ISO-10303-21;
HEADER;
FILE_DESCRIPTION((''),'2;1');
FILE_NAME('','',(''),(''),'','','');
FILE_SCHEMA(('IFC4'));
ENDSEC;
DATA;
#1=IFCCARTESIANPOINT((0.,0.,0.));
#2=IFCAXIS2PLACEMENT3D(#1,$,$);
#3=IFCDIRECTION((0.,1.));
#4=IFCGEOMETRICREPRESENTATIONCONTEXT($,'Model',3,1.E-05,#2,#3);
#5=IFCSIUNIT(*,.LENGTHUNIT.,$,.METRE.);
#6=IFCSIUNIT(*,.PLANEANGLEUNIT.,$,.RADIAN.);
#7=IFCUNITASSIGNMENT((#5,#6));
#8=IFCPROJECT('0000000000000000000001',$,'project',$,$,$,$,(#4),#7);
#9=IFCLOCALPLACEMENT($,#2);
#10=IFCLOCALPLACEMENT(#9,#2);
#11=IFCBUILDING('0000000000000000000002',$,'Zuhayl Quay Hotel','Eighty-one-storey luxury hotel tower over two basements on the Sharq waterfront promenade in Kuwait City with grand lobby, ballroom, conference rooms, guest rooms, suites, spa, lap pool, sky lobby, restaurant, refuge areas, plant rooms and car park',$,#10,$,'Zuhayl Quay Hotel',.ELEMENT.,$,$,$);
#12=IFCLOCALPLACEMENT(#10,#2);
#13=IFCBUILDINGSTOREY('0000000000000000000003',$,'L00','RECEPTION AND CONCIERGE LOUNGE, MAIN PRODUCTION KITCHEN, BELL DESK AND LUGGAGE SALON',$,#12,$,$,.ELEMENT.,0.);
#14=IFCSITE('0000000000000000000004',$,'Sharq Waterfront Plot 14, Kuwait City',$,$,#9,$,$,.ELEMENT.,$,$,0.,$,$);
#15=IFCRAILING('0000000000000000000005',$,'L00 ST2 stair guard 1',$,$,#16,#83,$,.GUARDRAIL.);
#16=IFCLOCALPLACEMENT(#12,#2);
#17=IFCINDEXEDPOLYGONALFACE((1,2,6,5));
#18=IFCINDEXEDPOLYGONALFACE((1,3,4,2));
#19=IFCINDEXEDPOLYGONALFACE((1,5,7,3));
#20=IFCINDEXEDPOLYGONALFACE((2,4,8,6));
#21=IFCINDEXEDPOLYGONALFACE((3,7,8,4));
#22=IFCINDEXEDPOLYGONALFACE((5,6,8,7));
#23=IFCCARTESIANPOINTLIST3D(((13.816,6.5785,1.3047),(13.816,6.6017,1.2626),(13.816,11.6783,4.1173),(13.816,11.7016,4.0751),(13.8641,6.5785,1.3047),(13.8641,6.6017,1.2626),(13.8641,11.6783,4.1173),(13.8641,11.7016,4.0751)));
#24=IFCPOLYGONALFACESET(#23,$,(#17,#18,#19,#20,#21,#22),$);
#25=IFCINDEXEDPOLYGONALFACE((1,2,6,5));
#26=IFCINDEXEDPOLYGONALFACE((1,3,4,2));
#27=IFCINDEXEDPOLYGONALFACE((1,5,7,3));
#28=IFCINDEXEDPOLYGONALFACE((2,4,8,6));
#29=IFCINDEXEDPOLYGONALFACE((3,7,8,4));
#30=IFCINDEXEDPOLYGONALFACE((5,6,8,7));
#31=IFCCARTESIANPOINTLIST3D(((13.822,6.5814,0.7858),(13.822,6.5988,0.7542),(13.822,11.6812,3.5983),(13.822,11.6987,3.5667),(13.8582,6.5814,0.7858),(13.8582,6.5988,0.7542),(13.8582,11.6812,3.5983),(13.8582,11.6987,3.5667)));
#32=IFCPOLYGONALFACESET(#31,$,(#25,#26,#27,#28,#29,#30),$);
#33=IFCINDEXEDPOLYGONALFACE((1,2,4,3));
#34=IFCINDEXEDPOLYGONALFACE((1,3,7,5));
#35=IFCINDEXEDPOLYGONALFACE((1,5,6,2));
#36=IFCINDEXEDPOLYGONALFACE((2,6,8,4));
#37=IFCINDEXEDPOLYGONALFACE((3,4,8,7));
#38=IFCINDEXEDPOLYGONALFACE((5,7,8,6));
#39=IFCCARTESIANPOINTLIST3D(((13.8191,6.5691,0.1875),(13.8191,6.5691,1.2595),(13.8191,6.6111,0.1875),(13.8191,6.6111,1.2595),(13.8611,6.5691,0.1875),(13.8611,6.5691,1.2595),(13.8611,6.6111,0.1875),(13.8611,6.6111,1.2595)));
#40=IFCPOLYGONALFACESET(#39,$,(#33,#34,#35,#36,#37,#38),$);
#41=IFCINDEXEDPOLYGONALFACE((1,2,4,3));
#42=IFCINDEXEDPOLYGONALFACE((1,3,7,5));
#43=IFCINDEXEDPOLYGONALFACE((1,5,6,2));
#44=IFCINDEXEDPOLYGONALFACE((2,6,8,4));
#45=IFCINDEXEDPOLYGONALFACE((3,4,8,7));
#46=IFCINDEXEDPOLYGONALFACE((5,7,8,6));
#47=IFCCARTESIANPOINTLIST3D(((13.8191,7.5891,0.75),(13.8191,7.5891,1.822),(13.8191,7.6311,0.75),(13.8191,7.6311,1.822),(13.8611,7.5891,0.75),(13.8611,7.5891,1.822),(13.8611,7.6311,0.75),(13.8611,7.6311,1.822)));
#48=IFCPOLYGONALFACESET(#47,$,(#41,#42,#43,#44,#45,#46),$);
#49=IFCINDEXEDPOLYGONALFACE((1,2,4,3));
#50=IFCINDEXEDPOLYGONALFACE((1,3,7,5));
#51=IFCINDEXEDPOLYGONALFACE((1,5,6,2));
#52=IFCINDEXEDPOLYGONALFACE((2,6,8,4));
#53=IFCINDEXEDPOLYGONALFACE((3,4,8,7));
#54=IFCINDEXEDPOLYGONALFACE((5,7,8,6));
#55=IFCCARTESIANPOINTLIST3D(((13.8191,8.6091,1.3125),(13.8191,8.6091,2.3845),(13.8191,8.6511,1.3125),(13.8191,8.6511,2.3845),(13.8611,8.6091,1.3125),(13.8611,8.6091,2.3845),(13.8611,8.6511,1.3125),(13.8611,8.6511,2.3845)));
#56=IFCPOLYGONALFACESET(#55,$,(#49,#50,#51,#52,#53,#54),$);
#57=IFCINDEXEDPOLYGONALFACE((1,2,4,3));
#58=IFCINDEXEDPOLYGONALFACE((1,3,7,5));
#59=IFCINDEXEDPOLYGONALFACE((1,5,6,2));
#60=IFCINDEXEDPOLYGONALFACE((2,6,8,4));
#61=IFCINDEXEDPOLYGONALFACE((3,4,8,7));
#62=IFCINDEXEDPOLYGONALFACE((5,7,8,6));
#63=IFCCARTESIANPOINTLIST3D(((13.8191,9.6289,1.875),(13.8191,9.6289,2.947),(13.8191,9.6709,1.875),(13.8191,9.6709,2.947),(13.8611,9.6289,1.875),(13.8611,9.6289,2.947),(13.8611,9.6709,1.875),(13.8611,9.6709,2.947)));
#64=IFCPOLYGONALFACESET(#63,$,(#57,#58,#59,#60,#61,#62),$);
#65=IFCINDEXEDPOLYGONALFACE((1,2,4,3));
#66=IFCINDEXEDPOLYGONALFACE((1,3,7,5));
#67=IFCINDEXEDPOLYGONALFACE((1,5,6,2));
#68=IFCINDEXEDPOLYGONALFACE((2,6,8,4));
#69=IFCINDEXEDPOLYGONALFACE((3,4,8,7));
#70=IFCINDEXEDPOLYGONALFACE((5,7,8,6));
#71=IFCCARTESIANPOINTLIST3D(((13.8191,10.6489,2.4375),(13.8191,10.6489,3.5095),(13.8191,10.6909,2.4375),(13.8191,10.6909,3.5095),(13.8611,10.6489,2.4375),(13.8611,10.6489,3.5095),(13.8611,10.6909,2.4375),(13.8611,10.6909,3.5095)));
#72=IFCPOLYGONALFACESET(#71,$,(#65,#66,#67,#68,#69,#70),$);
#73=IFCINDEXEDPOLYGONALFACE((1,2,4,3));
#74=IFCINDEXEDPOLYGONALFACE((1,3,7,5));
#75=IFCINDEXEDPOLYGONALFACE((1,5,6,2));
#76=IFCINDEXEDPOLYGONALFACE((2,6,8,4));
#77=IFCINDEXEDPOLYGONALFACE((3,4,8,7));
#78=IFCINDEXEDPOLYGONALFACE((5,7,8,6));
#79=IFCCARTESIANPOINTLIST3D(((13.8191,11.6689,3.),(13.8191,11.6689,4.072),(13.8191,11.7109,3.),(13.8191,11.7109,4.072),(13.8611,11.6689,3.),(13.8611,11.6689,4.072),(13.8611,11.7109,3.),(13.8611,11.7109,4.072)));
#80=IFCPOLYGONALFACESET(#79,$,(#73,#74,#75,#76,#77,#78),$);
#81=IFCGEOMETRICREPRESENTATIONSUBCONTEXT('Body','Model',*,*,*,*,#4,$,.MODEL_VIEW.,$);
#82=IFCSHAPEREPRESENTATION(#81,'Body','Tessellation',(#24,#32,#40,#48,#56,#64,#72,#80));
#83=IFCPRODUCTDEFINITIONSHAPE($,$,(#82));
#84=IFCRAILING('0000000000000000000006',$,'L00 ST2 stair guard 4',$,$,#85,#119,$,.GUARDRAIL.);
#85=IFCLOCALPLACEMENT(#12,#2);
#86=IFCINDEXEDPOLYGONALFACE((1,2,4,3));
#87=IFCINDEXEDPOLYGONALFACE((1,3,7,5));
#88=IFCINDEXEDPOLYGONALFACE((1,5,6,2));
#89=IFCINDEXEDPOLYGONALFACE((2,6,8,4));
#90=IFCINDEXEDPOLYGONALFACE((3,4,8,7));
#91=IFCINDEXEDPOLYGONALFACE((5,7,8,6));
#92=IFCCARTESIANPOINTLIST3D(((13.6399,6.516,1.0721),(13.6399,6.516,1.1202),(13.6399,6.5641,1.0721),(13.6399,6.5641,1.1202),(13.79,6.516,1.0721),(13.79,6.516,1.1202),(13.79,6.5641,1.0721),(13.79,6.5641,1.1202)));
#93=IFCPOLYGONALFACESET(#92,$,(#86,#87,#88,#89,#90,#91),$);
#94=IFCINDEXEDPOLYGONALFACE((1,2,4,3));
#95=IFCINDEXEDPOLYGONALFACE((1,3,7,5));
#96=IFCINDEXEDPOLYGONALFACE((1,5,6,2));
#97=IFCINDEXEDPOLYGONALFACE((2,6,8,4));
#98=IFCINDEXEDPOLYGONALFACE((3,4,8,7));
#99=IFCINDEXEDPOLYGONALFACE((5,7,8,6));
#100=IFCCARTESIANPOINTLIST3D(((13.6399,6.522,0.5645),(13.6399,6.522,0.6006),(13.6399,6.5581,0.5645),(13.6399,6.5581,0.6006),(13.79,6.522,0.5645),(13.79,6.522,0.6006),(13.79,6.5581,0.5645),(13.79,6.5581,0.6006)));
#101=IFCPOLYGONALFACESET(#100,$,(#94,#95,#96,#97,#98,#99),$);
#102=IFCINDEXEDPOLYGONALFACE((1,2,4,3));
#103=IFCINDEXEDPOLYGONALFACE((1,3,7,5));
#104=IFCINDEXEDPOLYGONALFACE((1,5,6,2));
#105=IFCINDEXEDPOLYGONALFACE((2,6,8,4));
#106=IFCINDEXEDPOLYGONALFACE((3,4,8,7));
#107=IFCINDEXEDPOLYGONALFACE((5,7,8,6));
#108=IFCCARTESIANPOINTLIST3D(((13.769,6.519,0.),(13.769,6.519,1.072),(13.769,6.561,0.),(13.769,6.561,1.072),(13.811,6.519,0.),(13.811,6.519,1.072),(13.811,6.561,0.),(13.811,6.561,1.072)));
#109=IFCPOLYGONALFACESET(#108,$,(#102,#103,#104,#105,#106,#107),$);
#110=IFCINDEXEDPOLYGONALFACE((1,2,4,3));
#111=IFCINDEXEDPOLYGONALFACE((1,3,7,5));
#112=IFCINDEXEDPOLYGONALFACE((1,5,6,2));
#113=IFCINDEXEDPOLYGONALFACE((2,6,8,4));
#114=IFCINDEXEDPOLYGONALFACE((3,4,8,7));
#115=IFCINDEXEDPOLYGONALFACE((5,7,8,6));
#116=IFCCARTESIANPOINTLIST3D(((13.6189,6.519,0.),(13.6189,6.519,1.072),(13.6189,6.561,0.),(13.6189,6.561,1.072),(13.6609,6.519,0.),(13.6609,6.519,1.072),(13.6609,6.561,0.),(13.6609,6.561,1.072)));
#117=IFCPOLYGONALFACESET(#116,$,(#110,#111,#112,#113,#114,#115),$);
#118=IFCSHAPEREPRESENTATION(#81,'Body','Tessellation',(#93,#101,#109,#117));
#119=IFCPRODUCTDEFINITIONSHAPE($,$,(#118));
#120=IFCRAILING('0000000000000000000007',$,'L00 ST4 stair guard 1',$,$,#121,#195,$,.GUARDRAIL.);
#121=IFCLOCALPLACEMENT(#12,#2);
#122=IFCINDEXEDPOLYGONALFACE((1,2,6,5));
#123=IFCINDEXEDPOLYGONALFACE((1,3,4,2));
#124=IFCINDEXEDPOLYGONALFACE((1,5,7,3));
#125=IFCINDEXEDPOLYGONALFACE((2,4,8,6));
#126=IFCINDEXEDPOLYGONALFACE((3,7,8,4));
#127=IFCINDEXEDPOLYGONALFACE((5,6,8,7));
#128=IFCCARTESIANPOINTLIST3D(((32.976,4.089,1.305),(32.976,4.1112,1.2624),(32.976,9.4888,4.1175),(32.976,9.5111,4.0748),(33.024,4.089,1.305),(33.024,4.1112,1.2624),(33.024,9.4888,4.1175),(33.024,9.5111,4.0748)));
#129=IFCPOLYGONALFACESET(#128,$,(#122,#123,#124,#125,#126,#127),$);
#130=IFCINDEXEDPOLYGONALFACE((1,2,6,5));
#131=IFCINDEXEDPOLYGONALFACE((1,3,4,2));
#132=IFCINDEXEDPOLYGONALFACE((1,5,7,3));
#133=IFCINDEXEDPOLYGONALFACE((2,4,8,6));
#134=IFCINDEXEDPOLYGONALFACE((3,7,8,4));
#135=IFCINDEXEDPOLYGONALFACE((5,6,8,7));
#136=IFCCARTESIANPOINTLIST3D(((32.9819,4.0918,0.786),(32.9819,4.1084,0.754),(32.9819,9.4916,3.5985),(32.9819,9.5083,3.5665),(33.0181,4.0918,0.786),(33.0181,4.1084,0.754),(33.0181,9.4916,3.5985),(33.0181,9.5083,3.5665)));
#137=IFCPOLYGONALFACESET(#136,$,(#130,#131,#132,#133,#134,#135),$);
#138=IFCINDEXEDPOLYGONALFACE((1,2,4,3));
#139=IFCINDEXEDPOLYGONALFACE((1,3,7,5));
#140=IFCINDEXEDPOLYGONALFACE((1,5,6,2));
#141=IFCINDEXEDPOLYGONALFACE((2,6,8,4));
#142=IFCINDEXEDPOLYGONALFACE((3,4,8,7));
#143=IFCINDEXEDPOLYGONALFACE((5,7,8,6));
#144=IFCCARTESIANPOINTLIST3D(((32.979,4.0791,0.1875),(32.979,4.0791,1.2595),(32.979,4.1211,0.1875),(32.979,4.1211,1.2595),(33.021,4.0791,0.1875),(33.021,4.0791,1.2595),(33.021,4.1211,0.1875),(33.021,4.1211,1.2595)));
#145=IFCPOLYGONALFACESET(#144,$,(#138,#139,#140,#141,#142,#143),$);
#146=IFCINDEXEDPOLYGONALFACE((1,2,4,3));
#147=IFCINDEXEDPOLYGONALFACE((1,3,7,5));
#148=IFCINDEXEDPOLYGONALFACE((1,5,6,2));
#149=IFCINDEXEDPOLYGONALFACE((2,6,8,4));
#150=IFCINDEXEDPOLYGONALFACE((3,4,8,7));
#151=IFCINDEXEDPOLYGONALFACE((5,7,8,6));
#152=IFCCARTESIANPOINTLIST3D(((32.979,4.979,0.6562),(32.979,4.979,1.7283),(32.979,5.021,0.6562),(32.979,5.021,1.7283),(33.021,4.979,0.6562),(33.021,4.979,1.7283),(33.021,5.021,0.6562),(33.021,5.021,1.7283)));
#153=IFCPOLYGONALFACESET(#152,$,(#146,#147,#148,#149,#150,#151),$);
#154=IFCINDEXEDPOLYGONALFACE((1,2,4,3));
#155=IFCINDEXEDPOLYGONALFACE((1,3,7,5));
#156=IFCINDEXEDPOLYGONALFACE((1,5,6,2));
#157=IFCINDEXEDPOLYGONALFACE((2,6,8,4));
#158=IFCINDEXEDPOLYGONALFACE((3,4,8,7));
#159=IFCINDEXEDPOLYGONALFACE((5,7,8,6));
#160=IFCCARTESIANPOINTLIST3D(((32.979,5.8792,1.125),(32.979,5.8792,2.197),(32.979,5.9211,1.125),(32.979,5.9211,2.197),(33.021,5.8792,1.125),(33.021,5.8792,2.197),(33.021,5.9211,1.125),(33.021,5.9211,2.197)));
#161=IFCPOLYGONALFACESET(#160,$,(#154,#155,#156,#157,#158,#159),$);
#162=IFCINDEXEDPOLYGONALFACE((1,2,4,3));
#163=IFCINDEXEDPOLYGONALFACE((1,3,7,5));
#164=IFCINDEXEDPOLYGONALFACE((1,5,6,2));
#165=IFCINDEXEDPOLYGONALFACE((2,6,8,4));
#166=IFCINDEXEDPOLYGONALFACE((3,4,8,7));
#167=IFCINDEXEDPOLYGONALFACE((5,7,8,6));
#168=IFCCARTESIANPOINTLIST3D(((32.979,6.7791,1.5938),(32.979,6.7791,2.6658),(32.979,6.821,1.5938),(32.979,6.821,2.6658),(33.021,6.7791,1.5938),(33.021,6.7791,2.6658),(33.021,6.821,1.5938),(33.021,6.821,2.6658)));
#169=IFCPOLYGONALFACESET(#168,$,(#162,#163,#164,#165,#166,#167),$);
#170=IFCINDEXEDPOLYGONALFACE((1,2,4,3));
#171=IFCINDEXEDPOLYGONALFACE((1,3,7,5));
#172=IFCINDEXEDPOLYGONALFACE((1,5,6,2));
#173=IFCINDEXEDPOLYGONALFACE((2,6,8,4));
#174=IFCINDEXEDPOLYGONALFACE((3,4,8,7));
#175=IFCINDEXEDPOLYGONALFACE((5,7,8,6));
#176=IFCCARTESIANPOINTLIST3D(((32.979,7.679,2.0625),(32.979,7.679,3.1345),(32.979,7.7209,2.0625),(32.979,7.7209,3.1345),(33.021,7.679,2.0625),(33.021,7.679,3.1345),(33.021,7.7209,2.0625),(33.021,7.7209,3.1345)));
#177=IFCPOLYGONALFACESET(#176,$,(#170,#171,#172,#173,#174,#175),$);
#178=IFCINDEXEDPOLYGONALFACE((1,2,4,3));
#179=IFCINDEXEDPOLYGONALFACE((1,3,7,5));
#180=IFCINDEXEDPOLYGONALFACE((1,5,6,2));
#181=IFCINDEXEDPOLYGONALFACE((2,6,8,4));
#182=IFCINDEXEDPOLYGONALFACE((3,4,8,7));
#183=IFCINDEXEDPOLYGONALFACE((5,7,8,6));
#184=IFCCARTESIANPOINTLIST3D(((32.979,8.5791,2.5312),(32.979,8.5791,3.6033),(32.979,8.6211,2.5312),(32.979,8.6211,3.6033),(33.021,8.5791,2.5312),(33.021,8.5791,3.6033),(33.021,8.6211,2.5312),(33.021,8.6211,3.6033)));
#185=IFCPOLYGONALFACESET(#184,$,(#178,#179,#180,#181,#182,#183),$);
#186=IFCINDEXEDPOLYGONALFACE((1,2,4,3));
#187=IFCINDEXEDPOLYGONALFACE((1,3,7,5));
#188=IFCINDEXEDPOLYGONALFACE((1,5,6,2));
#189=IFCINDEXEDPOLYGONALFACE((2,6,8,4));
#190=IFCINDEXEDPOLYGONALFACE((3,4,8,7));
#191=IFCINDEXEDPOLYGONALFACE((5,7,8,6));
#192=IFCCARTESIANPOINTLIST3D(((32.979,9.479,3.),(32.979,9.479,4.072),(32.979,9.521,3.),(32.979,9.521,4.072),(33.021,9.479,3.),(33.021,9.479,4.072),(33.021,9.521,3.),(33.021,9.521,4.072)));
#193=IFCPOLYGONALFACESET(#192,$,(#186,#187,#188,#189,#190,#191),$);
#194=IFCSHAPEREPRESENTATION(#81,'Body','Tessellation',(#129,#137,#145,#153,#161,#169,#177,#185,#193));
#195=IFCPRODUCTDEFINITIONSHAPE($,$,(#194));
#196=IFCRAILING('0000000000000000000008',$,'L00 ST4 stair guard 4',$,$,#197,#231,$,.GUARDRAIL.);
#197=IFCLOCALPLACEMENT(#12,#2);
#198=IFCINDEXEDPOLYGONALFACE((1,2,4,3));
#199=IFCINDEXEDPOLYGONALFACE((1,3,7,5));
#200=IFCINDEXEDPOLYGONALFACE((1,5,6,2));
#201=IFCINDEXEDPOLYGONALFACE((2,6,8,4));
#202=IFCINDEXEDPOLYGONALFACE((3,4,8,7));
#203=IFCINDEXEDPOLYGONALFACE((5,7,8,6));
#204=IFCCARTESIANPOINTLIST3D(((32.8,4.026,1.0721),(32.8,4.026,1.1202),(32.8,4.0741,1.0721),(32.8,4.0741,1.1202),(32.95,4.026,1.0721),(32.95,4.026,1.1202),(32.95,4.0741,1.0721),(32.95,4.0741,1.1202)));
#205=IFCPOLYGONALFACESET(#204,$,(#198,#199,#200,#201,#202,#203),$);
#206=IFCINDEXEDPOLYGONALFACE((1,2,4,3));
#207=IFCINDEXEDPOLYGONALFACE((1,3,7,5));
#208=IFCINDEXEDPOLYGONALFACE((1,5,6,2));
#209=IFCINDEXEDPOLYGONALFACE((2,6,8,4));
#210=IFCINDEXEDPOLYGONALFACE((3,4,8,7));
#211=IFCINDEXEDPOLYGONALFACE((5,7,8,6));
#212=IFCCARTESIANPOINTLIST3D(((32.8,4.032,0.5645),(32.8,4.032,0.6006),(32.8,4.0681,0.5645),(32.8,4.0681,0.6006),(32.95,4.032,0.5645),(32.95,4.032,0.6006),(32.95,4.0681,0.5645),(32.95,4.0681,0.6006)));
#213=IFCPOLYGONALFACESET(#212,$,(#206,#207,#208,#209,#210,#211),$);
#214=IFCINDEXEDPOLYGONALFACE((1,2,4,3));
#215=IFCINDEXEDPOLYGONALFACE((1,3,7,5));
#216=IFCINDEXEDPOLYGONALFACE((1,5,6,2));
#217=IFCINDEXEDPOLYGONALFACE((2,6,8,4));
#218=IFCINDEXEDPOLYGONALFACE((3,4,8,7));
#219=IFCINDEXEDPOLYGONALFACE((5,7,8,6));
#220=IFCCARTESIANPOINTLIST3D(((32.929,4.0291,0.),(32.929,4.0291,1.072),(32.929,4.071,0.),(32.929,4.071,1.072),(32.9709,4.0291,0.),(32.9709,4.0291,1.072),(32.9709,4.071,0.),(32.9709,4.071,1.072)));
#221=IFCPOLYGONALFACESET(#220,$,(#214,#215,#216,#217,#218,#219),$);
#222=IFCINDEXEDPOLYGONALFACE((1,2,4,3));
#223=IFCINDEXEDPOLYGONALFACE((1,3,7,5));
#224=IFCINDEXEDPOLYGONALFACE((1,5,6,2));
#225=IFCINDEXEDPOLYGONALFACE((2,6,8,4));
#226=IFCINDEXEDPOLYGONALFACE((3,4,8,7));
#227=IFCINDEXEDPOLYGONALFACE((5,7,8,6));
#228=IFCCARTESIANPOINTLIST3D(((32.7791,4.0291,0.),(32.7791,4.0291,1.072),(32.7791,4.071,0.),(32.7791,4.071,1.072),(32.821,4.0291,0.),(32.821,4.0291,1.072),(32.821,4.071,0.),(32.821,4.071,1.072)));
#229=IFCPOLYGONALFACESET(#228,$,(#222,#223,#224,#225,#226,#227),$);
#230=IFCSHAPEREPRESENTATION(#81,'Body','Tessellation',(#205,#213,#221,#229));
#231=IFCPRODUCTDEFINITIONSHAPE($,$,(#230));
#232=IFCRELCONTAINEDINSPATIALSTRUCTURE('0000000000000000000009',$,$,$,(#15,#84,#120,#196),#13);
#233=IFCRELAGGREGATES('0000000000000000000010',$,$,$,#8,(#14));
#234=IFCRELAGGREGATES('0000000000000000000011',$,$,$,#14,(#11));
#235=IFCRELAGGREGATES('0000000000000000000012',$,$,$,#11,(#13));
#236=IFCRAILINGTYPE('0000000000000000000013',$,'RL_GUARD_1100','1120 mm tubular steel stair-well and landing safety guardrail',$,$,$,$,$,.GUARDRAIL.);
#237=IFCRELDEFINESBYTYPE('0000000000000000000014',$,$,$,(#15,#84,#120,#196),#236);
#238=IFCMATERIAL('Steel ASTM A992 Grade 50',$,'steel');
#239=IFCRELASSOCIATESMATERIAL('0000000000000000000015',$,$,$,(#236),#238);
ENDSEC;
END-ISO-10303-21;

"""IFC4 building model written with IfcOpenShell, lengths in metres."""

from ifc_helpers import new_model, si_unit, direction, frame, origin, origin_2d, place, context, subcontext, project, spatial, rectangle, extrude, material, type_object, element, save


model = new_model("IFC4")

# Units and contexts
model_context = context("Model", 3, precision=1e-05, world=origin(), true_north=direction((0.0, 1.0)))
body_context = subcontext(model_context, "Body", "Model", "MODEL_VIEW")
ifc_project = project(units=[si_unit("LENGTHUNIT", "METRE"), si_unit("PLANEANGLEUNIT", "RADIAN")], contexts=[model_context])

# Site, building, storey
site_placement = place(None, origin())
site = spatial("IfcSite", under=ifc_project, at=site_placement, Name="Sharq Waterfront Plot 14, Kuwait City", CompositionType="ELEMENT", RefElevation=0.0)
building_placement = place(site_placement, origin())
building = spatial("IfcBuilding", under=site, at=building_placement, Name="Zuhayl Quay Hotel", Description="Eighty-one-storey luxury hotel tower over two basements on the Sharq waterfront promenade in Kuwait City with grand lobby, ballroom, conference rooms, guest rooms, suites, spa, lap pool, sky lobby, restaurant, refuge areas, plant rooms and car park", LongName="Zuhayl Quay Hotel", CompositionType="ELEMENT")
storey_placement = place(building_placement, origin())
storey = spatial("IfcBuildingStorey", under=building, at=storey_placement, Name="L00", Description="RECEPTION AND CONCIERGE LOUNGE, MAIN PRODUCTION KITCHEN, BELL DESK AND LUGGAGE SALON", CompositionType="ELEMENT", Elevation=0.0)

# Shared definitions
ifc_material_1 = material(Name="Steel ASTM A992 Grade 50", Category="steel")

# Railings
railing_type_1 = type_object("IfcRailingType", Name="RL_GUARD_1100", Description="1120 mm tubular steel stair-well and landing safety guardrail", PredefinedType="GUARDRAIL", material=ifc_material_1)
railing_1_placement = place(storey_placement, frame((13.8401, 6.5901, 0.1875)))
element("IfcRailing", 1, at=railing_1_placement, inside=storey, type_object=railing_type_1, Name="L00 ST2 stair guard 1", PredefinedType="GUARDRAIL", context=body_context, shape_type="SweptSolid", body=[
    extrude(rectangle(XDim=0.0481, YDim=0.0481, at=origin_2d()), frame((0.0, 0.0, 1.0962), z_axis=(0.0, 0.875666, 0.482918), x_axis=(-1.0, 0.0, 0.0)), (0.0, 0.0, 1.0), 5.824),
    extrude(rectangle(XDim=0.0361, YDim=0.0361, at=origin_2d()), frame((0.0, 0.0, 0.5825), z_axis=(0.0, 0.875666, 0.482918), x_axis=(-1.0, 0.0, 0.0)), (0.0, 0.0, 1.0), 5.824),
    extrude(rectangle(XDim=0.042, YDim=0.042, at=origin_2d()), origin(), (0.0, 0.0, 1.0), 1.072),
    extrude(rectangle(XDim=0.042, YDim=0.042, at=origin_2d()), frame((0.0, 1.02, 0.5625)), (0.0, 0.0, 1.0), 1.072),
    extrude(rectangle(XDim=0.042, YDim=0.042, at=origin_2d()), frame((0.0, 2.04, 1.125)), (0.0, 0.0, 1.0), 1.072),
    extrude(rectangle(XDim=0.042, YDim=0.042, at=origin_2d()), frame((0.0, 3.0598, 1.6875)), (0.0, 0.0, 1.0), 1.072),
    extrude(rectangle(XDim=0.042, YDim=0.042, at=origin_2d()), frame((0.0, 4.0798, 2.25)), (0.0, 0.0, 1.0), 1.072),
    extrude(rectangle(XDim=0.042, YDim=0.042, at=origin_2d()), frame((0.0, 5.0999, 2.8125)), (0.0, 0.0, 1.0), 1.072),
])
railing_2_placement = place(storey_placement, frame((13.79, 6.54, 0.0)))
element("IfcRailing", 2, at=railing_2_placement, inside=storey, type_object=railing_type_1, Name="L00 ST2 stair guard 4", PredefinedType="GUARDRAIL", context=body_context, shape_type="SweptSolid", body=[
    extrude(rectangle(XDim=0.0481, YDim=0.0481, at=origin_2d()), frame((0.0, 0.0, 1.0962), z_axis=(-1.0, 0.0, 0.0), x_axis=(0.0, -1.0, 0.0)), (0.0, 0.0, 1.0), 0.1501),
    extrude(rectangle(XDim=0.0361, YDim=0.0361, at=origin_2d()), frame((0.0, 0.0, 0.5825), z_axis=(-1.0, 0.0, 0.0), x_axis=(0.0, -1.0, 0.0)), (0.0, 0.0, 1.0), 0.1501),
    extrude(rectangle(XDim=0.042, YDim=0.042, at=origin_2d()), origin(), (0.0, 0.0, 1.0), 1.072),
    extrude(rectangle(XDim=0.042, YDim=0.042, at=origin_2d()), frame((-0.1501, 0.0, 0.0)), (0.0, 0.0, 1.0), 1.072),
])
railing_3_placement = place(storey_placement, frame((33.0, 4.1001, 0.1875)))
element("IfcRailing", 3, at=railing_3_placement, inside=storey, type_object=railing_type_1, Name="L00 ST4 stair guard 1", PredefinedType="GUARDRAIL", context=body_context, shape_type="SweptSolid", body=[
    extrude(rectangle(XDim=0.0481, YDim=0.0481, at=origin_2d()), frame((0.0, 0.0, 1.0962), z_axis=(0.0, 0.886911, 0.461941), x_axis=(-1.0, 0.0, 0.0)), (0.0, 0.0, 1.0), 6.0884),
    extrude(rectangle(XDim=0.0361, YDim=0.0361, at=origin_2d()), frame((0.0, 0.0, 0.5825), z_axis=(0.0, 0.886911, 0.461941), x_axis=(-1.0, 0.0, 0.0)), (0.0, 0.0, 1.0), 6.0884),
    extrude(rectangle(XDim=0.042, YDim=0.042, at=origin_2d()), origin(), (0.0, 0.0, 1.0), 1.072),
    extrude(rectangle(XDim=0.042, YDim=0.042, at=origin_2d()), frame((0.0, 0.8999, 0.4688)), (0.0, 0.0, 1.0), 1.072),
    extrude(rectangle(XDim=0.042, YDim=0.042, at=origin_2d()), frame((0.0, 1.8, 0.9375)), (0.0, 0.0, 1.0), 1.072),
    extrude(rectangle(XDim=0.042, YDim=0.042, at=origin_2d()), frame((0.0, 2.7, 1.4062)), (0.0, 0.0, 1.0), 1.072),
    extrude(rectangle(XDim=0.042, YDim=0.042, at=origin_2d()), frame((0.0, 3.5999, 1.875)), (0.0, 0.0, 1.0), 1.072),
    extrude(rectangle(XDim=0.042, YDim=0.042, at=origin_2d()), frame((0.0, 4.5, 2.3438)), (0.0, 0.0, 1.0), 1.072),
    extrude(rectangle(XDim=0.042, YDim=0.042, at=origin_2d()), frame((0.0, 5.3999, 2.8125)), (0.0, 0.0, 1.0), 1.072),
])
railing_4_placement = place(storey_placement, frame((32.95, 4.05, 0.0)))
element("IfcRailing", 4, at=railing_4_placement, inside=storey, type_object=railing_type_1, Name="L00 ST4 stair guard 4", PredefinedType="GUARDRAIL", context=body_context, shape_type="SweptSolid", body=[
    extrude(rectangle(XDim=0.0481, YDim=0.0481, at=origin_2d()), frame((0.0, 0.0, 1.0962), z_axis=(-1.0, 0.0, 0.0), x_axis=(0.0, -1.0, 0.0)), (0.0, 0.0, 1.0), 0.1499),
    extrude(rectangle(XDim=0.0361, YDim=0.0361, at=origin_2d()), frame((0.0, 0.0, 0.5825), z_axis=(-1.0, 0.0, 0.0), x_axis=(0.0, -1.0, 0.0)), (0.0, 0.0, 1.0), 0.1499),
    extrude(rectangle(XDim=0.042, YDim=0.042, at=origin_2d()), origin(), (0.0, 0.0, 1.0), 1.072),
    extrude(rectangle(XDim=0.042, YDim=0.042, at=origin_2d()), frame((-0.1499, 0.0, 0.0)), (0.0, 0.0, 1.0), 1.072),
])

save(model, "model.ifc")
